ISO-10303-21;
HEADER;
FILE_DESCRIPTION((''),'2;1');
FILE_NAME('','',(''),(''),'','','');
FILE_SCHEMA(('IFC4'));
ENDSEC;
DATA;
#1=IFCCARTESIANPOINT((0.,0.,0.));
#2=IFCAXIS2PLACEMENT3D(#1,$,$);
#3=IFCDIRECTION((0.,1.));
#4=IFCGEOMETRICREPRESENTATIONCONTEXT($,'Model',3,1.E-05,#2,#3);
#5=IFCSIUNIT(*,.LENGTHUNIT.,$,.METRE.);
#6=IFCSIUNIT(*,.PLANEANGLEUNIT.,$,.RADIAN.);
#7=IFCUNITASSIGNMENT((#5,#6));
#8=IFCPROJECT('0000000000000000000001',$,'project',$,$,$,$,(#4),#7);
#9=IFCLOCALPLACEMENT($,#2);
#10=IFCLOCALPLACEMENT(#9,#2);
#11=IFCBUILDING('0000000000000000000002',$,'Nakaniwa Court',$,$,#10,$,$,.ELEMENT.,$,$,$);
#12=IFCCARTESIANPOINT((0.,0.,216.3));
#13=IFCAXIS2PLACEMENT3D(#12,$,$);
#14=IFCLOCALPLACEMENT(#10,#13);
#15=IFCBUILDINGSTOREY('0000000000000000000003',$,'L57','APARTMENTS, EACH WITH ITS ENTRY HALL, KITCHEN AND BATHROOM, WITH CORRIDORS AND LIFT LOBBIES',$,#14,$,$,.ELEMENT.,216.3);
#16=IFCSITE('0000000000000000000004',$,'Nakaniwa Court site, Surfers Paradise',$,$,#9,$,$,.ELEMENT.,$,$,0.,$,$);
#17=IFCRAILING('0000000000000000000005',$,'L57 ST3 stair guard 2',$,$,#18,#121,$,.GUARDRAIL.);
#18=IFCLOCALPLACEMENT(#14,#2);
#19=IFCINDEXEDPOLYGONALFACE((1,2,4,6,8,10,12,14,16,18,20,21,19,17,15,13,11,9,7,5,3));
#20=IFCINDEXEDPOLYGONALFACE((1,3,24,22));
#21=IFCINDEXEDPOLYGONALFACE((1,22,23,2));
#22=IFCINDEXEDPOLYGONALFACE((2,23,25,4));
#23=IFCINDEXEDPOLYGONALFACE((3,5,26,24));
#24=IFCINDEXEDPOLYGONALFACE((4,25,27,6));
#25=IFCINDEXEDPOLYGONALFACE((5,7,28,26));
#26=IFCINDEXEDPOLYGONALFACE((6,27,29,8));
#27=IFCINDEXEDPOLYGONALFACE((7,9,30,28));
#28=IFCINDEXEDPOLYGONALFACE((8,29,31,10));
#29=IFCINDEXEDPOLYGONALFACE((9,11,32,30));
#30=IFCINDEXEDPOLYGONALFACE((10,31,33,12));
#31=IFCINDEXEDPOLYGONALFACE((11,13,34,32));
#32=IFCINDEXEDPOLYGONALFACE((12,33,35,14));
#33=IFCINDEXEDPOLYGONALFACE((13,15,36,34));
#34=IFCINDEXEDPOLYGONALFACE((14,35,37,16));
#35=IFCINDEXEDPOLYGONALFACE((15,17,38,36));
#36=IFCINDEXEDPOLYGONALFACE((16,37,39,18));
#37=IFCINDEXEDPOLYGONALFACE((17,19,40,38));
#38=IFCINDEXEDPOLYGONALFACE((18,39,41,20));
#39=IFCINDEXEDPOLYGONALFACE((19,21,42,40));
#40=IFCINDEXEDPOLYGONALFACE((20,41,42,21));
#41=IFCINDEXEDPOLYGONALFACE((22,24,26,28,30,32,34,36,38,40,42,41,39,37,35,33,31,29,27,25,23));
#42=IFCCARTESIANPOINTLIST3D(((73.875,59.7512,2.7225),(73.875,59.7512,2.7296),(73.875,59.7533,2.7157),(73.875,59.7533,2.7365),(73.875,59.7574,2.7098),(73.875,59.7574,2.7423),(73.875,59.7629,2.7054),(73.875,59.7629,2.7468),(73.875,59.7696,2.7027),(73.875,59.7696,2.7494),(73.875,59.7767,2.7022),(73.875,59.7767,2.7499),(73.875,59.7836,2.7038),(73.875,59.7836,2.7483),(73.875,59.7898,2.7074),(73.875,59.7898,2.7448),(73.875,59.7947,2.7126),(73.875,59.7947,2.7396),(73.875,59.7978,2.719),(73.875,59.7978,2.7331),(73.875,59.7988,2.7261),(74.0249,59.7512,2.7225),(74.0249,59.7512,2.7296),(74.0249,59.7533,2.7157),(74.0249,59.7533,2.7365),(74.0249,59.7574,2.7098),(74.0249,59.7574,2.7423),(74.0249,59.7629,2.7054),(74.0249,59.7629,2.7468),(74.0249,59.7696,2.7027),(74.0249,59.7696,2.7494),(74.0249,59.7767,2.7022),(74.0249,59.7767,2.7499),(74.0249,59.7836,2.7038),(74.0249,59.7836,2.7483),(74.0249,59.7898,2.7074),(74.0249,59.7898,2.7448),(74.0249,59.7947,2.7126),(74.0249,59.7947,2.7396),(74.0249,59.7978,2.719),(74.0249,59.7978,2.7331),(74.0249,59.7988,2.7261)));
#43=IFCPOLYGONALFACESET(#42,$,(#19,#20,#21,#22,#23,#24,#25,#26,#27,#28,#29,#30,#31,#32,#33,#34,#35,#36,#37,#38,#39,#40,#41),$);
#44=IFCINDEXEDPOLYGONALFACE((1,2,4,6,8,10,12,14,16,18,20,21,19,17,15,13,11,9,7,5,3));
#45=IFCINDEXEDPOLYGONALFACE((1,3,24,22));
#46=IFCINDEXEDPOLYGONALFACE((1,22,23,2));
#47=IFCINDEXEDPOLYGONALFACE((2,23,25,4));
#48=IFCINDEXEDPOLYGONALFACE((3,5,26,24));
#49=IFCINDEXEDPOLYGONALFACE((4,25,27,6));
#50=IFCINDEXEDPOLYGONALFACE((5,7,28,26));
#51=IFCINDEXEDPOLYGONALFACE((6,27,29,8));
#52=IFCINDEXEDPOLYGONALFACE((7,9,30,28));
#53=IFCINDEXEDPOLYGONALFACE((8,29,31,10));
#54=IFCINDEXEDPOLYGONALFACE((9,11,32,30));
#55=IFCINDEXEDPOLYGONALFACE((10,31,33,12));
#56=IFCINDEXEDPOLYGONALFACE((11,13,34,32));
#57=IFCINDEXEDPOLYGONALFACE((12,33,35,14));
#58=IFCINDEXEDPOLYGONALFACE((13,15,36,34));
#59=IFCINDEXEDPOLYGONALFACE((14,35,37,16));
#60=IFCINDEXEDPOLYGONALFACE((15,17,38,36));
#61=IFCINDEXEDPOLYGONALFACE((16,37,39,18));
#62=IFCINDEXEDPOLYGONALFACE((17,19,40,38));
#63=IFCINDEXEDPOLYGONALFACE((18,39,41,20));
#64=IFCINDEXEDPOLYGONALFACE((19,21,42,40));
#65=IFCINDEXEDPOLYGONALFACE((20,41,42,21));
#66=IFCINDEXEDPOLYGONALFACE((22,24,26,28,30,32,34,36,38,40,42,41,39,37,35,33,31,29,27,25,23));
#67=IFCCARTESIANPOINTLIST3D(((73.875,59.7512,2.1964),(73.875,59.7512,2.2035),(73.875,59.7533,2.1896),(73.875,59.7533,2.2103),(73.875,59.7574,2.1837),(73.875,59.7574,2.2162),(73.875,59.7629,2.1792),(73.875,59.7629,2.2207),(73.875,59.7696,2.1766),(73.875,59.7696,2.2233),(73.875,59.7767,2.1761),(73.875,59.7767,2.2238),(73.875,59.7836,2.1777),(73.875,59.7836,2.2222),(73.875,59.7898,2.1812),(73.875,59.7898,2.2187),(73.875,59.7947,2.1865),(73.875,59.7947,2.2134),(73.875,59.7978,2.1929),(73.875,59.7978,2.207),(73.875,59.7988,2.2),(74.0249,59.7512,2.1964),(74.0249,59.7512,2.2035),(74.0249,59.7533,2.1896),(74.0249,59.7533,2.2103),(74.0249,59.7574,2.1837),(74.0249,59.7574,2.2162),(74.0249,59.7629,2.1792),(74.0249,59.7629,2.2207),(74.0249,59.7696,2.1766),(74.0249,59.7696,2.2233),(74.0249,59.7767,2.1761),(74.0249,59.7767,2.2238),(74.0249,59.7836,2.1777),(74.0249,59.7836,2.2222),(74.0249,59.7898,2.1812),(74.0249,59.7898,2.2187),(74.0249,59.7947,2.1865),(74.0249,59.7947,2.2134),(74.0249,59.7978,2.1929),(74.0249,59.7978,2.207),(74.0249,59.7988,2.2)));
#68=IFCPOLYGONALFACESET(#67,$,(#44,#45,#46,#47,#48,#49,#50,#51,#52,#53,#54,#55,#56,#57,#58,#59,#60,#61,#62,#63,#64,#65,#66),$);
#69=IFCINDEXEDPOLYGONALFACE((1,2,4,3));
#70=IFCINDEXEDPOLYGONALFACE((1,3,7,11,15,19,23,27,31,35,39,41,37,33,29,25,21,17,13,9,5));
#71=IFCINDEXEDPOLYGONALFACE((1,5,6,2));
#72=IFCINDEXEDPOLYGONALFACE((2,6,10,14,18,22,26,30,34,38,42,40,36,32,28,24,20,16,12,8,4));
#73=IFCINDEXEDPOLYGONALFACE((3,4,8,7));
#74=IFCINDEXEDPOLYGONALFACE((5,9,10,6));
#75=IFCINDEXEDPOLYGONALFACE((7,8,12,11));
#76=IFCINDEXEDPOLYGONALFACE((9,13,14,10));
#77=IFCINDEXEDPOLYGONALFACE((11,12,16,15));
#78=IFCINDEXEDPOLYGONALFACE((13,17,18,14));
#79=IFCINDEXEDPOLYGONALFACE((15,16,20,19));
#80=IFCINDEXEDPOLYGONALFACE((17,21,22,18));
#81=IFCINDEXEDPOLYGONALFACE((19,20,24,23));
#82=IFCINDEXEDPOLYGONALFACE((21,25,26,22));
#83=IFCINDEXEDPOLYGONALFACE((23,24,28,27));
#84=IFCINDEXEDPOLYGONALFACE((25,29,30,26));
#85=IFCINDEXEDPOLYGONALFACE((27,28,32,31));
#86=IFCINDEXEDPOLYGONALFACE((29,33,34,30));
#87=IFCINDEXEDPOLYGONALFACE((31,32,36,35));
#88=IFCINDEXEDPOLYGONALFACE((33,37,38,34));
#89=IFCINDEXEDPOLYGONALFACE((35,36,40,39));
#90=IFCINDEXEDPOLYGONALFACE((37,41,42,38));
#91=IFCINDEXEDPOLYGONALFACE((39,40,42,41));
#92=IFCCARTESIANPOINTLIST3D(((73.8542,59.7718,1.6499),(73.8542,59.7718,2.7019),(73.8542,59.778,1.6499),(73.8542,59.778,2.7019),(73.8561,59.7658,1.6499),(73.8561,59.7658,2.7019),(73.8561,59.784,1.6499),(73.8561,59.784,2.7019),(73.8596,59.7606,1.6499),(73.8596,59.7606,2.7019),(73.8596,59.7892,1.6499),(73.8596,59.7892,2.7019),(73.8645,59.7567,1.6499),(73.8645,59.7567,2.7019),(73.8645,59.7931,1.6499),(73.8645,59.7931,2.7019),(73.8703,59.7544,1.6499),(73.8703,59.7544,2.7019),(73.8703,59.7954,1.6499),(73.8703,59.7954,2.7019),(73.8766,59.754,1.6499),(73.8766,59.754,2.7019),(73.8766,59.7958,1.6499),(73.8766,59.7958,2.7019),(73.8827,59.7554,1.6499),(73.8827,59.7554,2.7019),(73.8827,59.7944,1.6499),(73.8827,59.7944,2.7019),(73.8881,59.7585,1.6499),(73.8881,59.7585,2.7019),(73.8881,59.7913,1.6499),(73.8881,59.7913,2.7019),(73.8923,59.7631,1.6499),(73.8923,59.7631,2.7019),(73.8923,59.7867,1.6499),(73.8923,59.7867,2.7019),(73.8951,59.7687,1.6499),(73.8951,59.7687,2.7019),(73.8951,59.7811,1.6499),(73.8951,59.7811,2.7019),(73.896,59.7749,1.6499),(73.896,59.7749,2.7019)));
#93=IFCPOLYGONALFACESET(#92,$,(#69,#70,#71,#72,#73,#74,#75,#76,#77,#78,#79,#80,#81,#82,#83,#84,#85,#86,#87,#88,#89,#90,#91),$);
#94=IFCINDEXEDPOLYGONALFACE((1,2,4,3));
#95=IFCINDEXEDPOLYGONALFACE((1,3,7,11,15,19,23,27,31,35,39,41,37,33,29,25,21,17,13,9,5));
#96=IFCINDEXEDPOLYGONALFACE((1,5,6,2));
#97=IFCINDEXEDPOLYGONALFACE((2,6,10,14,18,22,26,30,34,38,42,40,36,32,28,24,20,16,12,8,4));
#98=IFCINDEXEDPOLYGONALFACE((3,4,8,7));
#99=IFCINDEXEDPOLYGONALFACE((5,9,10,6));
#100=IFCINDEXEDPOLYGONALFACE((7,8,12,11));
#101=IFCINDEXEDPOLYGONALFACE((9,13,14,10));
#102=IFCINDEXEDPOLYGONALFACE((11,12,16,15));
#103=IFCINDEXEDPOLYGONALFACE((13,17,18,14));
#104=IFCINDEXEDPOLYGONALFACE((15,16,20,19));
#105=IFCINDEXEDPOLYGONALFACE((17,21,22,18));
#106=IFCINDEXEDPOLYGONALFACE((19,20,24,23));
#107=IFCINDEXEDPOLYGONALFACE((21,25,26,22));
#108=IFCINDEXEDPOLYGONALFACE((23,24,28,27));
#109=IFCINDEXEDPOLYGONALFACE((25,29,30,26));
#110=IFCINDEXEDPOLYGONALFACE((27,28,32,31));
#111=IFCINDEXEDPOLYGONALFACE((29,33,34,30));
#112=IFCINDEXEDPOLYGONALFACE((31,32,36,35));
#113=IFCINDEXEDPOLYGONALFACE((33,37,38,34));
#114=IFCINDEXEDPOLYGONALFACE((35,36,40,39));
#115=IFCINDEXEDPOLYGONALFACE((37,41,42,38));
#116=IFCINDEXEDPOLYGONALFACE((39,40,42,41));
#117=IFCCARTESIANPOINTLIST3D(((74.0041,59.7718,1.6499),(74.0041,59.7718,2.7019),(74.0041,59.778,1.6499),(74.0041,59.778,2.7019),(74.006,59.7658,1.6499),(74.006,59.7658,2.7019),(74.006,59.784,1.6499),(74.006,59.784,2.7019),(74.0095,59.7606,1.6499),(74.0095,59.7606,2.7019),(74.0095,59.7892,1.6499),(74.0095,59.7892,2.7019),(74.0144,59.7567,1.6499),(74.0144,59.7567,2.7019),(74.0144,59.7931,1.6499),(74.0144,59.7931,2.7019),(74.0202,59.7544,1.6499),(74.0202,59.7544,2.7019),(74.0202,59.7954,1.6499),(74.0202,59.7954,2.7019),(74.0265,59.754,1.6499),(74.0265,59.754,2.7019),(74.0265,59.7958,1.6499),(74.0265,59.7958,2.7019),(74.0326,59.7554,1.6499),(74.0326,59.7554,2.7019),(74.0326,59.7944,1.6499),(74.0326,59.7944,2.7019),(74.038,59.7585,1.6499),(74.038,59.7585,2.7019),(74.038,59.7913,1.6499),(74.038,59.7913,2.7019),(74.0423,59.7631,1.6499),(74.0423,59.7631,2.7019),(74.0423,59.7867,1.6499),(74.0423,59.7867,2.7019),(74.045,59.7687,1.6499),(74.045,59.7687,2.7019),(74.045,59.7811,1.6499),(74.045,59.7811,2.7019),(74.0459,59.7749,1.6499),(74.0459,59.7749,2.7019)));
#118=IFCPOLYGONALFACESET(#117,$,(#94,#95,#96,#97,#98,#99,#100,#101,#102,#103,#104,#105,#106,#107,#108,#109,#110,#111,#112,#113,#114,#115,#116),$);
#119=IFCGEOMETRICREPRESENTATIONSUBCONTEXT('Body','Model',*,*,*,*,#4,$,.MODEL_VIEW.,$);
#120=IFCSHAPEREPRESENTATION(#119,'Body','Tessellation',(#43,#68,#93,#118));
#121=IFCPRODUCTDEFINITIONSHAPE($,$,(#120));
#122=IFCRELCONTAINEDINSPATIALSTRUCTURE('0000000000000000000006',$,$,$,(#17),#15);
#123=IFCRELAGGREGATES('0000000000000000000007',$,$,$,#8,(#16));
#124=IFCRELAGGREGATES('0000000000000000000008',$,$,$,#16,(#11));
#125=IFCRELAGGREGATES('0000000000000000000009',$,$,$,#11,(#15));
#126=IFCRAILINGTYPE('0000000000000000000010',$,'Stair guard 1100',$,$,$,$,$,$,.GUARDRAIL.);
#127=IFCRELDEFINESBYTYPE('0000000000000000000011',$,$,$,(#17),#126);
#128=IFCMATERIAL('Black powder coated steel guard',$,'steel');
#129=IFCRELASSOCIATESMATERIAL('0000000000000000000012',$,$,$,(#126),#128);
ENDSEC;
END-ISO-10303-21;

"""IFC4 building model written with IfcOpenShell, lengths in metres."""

from ifc_helpers import new_model, si_unit, direction, frame, origin, origin_2d, place, context, subcontext, project, spatial, circle, extrude, material, type_object, element, save


model = new_model("IFC4")

# Units and contexts
model_context = context("Model", 3, precision=1e-05, world=origin(), true_north=direction((0.0, 1.0)))
body_context = subcontext(model_context, "Body", "Model", "MODEL_VIEW")
ifc_project = project(units=[si_unit("LENGTHUNIT", "METRE"), si_unit("PLANEANGLEUNIT", "RADIAN")], contexts=[model_context])

# Site, building, storey
site_placement = place(None, origin())
site = spatial("IfcSite", under=ifc_project, at=site_placement, Name="Nakaniwa Court site, Surfers Paradise", CompositionType="ELEMENT", RefElevation=0.0)
building_placement = place(site_placement, origin())
building = spatial("IfcBuilding", under=site, at=building_placement, Name="Nakaniwa Court", CompositionType="ELEMENT")
storey_placement = place(building_placement, frame((0.0, 0.0, 216.3)))
storey = spatial("IfcBuildingStorey", under=building, at=storey_placement, Name="L57", Description="APARTMENTS, EACH WITH ITS ENTRY HALL, KITCHEN AND BATHROOM, WITH CORRIDORS AND LIFT LOBBIES", CompositionType="ELEMENT", Elevation=216.3)

# Railing
ifc_material_1 = material(Name="Black powder coated steel guard", Category="steel")
railing_type_1 = type_object("IfcRailingType", Name="Stair guard 1100", PredefinedType="GUARDRAIL", material=ifc_material_1)
railing_1_placement = place(storey_placement, frame((73.875, 59.7749, 1.6499)))
element("IfcRailing", 1, at=railing_1_placement, inside=storey, type_object=railing_type_1, Name="L57 ST3 stair guard 2", PredefinedType="GUARDRAIL", context=body_context, shape_type="SweptSolid", body=[
    extrude(circle(Radius=0.0239, at=origin_2d()), frame((0.0, 0.0, 1.0762), z_axis=(1.0, 0.0, 0.0), x_axis=(0.0, 1.0, 0.0)), (0.0, 0.0, 1.0), 0.1499),
    extrude(circle(Radius=0.0239, at=origin_2d()), frame((0.0, 0.0, 0.55), z_axis=(1.0, 0.0, 0.0), x_axis=(0.0, 1.0, 0.0)), (0.0, 0.0, 1.0), 0.1499),
    extrude(circle(Radius=0.021, at=origin_2d()), origin(), (0.0, 0.0, 1.0), 1.052),
    extrude(circle(Radius=0.021, at=origin_2d()), frame((0.1499, 0.0, 0.0)), (0.0, 0.0, 1.0), 1.052),
])

save(model, "model.ifc")
